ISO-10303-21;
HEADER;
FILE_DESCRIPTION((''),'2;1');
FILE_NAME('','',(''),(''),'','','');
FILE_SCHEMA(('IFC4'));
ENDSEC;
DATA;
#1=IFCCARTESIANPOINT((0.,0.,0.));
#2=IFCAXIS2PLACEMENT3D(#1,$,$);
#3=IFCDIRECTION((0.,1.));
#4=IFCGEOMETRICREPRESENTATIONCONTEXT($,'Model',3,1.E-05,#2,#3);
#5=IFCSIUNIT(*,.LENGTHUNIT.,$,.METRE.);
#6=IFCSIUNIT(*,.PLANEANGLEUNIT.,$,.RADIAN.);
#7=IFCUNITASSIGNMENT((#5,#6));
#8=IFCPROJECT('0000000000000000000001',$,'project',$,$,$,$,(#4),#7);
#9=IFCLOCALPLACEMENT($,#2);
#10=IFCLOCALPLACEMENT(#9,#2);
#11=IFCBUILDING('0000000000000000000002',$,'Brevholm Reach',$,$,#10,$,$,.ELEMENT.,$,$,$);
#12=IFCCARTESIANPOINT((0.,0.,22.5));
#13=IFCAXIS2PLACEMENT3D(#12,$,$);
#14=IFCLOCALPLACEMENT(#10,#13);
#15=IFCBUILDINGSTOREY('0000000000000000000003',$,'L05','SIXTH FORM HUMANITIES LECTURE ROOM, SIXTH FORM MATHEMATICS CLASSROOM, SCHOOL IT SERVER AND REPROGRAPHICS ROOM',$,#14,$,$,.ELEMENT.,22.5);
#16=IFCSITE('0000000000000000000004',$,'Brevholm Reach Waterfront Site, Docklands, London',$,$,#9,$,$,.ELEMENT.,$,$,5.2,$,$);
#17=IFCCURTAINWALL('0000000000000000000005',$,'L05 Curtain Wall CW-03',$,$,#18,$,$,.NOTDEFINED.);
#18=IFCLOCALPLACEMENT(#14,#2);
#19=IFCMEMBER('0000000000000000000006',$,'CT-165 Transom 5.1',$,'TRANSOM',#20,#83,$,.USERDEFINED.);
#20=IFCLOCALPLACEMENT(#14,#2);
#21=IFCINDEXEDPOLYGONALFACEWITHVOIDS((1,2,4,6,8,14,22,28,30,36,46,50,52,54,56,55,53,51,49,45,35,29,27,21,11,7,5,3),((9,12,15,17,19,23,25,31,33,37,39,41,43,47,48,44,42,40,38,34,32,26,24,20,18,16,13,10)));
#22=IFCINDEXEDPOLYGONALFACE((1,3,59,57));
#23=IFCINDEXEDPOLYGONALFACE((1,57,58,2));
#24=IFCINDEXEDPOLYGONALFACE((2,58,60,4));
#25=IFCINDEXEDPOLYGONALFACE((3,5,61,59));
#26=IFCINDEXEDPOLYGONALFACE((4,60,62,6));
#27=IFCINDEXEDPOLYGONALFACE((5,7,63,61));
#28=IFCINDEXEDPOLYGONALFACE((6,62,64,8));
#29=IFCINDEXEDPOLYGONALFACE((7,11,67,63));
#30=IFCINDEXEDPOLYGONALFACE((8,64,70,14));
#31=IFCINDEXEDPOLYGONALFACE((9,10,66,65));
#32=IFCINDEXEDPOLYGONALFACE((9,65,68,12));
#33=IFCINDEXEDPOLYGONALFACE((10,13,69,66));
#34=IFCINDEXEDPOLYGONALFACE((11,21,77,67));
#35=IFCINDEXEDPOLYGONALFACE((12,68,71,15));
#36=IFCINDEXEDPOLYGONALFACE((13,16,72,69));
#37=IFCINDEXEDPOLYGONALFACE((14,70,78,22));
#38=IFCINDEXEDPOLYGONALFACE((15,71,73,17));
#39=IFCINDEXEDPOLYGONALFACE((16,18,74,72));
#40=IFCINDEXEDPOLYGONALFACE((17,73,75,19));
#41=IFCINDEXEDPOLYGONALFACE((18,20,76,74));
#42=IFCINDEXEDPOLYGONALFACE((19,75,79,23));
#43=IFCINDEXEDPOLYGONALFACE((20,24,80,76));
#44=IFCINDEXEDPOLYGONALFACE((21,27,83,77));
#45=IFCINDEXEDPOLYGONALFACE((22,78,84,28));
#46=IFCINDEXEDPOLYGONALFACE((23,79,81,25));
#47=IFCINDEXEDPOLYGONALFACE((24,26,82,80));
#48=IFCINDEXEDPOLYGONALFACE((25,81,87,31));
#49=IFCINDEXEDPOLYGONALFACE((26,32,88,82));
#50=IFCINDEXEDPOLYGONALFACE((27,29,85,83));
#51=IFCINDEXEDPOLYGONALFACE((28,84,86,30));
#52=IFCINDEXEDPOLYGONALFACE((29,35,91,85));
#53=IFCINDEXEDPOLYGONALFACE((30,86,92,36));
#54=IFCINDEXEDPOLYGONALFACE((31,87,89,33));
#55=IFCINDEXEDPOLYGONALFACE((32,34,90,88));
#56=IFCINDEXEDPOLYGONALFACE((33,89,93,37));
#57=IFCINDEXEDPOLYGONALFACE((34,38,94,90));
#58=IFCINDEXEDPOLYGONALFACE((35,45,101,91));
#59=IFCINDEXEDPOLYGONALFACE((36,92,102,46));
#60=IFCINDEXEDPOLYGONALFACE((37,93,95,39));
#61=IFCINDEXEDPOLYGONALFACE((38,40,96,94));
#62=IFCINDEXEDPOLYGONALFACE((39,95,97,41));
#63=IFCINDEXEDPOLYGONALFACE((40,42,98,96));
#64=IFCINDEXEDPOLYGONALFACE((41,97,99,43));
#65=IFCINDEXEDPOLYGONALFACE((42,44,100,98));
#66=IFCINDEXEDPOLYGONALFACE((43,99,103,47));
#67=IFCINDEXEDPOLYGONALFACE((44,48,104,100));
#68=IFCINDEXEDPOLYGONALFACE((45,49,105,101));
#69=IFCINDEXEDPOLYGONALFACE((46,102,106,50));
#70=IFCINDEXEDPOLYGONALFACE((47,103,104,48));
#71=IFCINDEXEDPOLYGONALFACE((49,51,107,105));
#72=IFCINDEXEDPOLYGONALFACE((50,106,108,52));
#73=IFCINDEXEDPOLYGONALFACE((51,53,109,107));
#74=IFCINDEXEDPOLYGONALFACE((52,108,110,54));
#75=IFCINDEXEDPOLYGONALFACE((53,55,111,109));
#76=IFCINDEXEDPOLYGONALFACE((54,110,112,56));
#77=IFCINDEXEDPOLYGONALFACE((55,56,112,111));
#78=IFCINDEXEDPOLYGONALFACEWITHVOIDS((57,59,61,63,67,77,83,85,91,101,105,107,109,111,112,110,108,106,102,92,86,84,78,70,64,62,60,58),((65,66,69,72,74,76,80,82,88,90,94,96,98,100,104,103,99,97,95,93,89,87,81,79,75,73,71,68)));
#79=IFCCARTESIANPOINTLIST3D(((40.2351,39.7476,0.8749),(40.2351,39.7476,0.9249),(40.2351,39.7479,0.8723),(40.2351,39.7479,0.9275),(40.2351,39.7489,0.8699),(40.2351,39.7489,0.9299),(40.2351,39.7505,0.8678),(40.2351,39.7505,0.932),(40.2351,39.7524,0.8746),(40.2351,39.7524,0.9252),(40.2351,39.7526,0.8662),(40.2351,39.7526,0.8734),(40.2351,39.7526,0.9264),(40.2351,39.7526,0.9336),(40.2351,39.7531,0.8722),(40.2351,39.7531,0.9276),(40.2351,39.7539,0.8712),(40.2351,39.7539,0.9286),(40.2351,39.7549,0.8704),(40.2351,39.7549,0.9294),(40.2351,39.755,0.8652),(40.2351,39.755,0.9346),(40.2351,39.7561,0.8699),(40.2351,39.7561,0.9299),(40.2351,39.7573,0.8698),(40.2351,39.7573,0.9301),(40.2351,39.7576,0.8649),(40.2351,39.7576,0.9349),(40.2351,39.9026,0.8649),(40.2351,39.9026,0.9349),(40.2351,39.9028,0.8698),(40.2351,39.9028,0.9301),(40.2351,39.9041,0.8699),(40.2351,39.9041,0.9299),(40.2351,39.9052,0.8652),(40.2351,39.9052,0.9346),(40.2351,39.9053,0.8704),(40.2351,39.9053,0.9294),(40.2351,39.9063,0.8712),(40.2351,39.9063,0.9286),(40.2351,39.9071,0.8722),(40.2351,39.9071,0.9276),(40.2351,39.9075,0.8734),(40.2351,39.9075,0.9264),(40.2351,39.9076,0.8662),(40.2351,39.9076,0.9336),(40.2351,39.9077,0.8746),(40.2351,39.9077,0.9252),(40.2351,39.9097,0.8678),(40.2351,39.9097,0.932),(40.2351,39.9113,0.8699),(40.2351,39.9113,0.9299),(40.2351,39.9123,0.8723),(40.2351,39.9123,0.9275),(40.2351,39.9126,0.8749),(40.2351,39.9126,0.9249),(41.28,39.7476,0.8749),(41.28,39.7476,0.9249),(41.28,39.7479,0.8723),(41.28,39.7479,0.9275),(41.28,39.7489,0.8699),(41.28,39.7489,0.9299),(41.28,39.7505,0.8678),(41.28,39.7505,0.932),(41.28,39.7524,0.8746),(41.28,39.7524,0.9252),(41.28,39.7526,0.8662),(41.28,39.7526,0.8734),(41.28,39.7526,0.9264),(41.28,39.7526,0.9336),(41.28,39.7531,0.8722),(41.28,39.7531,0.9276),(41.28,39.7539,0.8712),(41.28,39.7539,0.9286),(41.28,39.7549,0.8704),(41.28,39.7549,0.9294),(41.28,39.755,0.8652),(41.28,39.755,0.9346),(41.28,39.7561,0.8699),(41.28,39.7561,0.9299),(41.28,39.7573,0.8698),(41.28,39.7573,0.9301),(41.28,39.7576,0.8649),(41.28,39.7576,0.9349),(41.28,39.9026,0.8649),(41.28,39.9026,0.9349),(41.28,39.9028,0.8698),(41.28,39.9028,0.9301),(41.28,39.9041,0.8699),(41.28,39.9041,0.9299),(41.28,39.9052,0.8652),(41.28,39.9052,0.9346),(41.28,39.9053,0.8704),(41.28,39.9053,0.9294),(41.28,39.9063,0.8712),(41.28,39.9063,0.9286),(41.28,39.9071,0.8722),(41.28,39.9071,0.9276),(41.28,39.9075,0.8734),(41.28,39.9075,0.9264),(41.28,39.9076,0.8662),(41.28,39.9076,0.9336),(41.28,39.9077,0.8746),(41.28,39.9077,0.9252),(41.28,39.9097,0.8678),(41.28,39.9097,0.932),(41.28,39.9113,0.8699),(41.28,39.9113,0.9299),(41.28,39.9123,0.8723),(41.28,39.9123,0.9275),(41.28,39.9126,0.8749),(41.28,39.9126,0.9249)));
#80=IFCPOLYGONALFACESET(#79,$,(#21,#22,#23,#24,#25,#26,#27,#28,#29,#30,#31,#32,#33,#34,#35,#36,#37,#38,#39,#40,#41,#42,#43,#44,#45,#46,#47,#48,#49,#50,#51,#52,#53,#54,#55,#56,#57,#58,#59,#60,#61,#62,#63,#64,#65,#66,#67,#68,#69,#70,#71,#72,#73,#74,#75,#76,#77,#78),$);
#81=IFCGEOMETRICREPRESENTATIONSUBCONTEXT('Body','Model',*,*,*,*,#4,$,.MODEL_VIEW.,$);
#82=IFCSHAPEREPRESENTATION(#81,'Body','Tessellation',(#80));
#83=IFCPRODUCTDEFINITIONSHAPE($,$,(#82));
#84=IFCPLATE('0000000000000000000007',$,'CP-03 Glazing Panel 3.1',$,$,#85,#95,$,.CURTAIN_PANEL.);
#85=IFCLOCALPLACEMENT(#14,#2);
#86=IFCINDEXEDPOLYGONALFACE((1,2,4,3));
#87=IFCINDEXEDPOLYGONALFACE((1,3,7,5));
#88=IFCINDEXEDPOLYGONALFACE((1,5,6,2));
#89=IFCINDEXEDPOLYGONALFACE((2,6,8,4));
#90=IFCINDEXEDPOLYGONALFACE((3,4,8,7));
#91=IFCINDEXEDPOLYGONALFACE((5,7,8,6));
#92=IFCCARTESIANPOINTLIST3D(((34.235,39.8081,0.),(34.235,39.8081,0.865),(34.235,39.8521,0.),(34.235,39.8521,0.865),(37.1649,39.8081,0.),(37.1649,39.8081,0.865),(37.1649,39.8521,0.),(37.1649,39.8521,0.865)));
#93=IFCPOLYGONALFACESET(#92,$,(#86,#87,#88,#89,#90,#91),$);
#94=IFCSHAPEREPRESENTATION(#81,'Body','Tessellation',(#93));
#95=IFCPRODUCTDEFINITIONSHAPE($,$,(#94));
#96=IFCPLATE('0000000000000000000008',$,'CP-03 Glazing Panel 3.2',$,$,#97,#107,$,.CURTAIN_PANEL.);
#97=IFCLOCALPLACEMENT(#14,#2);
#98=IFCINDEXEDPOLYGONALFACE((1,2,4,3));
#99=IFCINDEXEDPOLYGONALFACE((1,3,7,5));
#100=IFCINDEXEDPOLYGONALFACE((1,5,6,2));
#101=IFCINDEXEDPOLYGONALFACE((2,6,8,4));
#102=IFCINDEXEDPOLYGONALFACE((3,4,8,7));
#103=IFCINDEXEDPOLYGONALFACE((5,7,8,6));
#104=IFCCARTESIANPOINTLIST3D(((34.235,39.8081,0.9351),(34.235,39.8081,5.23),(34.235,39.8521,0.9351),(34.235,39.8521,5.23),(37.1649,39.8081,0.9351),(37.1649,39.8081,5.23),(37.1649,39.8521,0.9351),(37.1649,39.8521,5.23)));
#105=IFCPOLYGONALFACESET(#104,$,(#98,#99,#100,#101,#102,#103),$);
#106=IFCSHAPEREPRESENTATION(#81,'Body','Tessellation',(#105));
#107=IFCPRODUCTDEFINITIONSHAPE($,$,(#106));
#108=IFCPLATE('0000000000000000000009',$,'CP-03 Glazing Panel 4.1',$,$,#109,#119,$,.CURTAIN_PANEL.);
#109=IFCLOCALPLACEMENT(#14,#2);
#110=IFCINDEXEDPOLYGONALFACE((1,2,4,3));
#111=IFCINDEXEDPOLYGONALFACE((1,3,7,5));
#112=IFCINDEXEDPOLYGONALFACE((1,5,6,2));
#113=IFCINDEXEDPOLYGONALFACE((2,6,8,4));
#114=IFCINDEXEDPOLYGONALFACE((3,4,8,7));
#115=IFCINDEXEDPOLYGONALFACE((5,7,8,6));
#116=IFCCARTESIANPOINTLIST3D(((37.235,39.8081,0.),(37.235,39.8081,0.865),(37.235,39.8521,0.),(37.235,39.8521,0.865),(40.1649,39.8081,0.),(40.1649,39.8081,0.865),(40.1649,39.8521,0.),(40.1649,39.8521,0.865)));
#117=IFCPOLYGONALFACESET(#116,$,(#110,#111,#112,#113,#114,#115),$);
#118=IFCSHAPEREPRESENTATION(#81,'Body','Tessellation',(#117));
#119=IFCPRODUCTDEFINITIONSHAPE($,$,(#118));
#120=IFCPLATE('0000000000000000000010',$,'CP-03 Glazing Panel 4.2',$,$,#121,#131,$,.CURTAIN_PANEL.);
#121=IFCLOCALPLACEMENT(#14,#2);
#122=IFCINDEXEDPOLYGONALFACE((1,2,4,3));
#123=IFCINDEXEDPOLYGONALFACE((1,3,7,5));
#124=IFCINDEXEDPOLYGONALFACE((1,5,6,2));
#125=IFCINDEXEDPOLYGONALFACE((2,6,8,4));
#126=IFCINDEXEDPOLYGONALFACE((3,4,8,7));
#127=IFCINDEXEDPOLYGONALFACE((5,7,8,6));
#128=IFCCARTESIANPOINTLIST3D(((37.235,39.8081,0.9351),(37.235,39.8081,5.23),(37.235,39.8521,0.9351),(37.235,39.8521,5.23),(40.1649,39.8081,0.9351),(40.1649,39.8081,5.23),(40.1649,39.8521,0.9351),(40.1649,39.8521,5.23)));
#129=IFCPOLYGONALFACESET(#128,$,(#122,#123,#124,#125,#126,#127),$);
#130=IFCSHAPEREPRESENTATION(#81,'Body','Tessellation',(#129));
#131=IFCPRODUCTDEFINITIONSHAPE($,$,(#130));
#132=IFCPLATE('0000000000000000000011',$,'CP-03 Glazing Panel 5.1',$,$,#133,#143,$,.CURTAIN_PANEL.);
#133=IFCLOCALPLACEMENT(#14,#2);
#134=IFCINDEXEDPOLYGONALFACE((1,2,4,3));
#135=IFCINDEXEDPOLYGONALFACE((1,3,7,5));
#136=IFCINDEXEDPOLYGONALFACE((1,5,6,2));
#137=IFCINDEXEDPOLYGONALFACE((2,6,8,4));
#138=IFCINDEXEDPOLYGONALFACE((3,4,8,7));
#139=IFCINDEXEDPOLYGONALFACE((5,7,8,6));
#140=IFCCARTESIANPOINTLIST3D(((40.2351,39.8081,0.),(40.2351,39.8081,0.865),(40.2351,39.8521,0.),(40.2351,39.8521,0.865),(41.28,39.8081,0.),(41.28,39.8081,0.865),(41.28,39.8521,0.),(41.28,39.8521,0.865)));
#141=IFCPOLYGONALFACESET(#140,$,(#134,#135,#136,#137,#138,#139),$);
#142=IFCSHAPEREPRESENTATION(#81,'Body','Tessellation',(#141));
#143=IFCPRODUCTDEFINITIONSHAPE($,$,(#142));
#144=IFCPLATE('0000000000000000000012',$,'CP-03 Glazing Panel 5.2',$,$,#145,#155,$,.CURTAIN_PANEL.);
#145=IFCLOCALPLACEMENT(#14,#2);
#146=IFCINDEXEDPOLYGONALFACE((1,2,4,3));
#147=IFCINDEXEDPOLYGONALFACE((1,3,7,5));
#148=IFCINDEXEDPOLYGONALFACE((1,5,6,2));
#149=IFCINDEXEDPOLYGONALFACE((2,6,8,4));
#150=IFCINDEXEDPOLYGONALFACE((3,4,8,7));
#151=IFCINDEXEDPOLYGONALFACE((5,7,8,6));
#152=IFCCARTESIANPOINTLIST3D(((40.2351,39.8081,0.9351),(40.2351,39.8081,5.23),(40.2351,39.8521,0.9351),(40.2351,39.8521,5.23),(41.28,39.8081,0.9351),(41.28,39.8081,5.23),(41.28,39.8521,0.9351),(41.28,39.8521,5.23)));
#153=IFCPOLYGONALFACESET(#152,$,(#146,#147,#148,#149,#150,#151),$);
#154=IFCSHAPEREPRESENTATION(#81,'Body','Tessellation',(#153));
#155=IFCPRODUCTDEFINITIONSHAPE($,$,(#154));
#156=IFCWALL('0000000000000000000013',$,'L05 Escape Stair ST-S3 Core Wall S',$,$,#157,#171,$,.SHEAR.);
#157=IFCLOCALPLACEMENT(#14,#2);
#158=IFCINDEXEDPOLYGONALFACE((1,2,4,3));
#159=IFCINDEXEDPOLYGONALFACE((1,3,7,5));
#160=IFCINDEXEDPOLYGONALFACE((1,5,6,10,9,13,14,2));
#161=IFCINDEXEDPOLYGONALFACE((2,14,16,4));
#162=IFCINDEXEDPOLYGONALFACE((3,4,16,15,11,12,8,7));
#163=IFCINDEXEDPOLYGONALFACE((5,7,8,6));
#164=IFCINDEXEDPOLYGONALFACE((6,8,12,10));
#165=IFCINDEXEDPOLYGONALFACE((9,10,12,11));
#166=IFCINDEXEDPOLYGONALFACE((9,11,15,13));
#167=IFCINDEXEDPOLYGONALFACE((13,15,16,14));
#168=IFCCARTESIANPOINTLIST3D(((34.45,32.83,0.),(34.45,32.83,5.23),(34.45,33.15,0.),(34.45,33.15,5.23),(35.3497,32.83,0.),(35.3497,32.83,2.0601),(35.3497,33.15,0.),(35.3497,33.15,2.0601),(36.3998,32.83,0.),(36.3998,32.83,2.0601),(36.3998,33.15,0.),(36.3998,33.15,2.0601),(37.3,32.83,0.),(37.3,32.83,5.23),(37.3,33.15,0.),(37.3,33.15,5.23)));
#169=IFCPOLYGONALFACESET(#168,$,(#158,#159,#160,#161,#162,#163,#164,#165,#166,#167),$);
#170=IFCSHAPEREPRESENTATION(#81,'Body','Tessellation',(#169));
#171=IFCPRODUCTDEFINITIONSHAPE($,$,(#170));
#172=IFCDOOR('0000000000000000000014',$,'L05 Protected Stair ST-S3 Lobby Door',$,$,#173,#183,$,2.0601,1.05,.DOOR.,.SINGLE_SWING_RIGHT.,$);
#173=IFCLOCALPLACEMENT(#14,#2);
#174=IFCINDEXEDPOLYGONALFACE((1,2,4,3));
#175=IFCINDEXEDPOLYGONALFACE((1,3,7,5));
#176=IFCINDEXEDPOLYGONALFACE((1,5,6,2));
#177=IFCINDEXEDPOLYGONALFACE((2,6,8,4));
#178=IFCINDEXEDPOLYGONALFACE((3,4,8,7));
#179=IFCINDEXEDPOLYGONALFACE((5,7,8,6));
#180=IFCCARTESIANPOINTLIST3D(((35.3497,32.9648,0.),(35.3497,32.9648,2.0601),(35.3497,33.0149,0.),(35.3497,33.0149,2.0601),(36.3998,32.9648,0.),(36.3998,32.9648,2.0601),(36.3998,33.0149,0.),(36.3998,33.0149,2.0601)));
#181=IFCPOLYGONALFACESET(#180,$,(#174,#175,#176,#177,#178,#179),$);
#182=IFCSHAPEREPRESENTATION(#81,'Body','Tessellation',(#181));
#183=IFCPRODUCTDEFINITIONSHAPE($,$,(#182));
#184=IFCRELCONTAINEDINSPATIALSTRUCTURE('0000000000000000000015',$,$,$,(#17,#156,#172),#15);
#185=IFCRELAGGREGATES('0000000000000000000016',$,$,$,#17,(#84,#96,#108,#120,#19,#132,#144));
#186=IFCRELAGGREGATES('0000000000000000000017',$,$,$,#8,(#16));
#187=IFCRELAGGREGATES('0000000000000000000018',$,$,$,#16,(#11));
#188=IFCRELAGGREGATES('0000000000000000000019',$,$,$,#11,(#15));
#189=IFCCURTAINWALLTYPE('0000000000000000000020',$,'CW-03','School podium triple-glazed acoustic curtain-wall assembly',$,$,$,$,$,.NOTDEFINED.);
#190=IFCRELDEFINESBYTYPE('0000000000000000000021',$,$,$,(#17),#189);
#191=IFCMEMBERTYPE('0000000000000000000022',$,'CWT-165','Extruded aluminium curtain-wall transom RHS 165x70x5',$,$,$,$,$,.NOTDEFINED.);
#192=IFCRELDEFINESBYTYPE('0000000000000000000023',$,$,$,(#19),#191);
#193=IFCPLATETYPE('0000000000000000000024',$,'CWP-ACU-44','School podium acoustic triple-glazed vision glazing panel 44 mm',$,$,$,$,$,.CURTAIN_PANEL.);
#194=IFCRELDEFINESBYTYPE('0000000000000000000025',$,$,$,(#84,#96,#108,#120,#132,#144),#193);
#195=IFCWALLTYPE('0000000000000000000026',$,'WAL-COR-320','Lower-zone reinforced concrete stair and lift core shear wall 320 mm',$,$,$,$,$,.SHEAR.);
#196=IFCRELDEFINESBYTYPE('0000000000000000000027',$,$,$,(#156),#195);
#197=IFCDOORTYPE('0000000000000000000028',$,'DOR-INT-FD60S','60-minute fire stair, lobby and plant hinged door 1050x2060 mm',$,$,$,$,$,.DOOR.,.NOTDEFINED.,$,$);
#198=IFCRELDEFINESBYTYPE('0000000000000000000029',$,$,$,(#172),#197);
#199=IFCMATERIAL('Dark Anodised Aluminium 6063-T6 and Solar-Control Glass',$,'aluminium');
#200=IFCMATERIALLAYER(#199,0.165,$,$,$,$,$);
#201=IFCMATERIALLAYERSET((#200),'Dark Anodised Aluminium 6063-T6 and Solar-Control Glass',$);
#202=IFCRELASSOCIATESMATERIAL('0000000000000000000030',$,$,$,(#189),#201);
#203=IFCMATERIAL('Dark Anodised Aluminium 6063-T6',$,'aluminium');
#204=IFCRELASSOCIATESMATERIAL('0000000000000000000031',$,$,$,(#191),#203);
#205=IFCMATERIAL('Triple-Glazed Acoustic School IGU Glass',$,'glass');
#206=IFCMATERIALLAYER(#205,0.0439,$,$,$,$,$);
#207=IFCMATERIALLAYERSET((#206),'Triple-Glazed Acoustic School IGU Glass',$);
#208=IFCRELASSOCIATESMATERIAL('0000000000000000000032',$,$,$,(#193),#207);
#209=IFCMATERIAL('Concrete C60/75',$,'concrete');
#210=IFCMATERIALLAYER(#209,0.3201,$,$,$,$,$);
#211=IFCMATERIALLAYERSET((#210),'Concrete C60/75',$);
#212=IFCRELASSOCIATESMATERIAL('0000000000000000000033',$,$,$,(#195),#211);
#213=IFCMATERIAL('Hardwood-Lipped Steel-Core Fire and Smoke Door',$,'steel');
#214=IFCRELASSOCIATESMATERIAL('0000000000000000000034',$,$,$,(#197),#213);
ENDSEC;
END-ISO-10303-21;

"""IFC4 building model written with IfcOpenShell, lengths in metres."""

from ifc_helpers import new_model, si_unit, direction, frame, frame_2d, origin, origin_2d, place, context, subcontext, project, spatial, rectangle, hollow_rectangle, extrude, material, layer, layer_set, material_profile, profile_set, type_object, element, fill, aggregate, save


model = new_model("IFC4")

# Units and contexts
model_context = context("Model", 3, precision=1e-05, world=origin(), true_north=direction((0.0, 1.0)))
body_context = subcontext(model_context, "Body", "Model", "MODEL_VIEW")
ifc_project = project(units=[si_unit("LENGTHUNIT", "METRE"), si_unit("PLANEANGLEUNIT", "RADIAN")], contexts=[model_context])

# Site, building, storey
site_placement = place(None, origin())
site = spatial("IfcSite", under=ifc_project, at=site_placement, Name="Brevholm Reach Waterfront Site, Docklands, London", CompositionType="ELEMENT", RefElevation=5.2)
building_placement = place(site_placement, origin())
building = spatial("IfcBuilding", under=site, at=building_placement, Name="Brevholm Reach", CompositionType="ELEMENT")
storey_placement = place(building_placement, frame((0.0, 0.0, 22.5)))
storey = spatial("IfcBuildingStorey", under=building, at=storey_placement, Name="L05", Description="SIXTH FORM HUMANITIES LECTURE ROOM, SIXTH FORM MATHEMATICS CLASSROOM, SCHOOL IT SERVER AND REPROGRAPHICS ROOM", CompositionType="ELEMENT", Elevation=22.5)

# Curtain wall, member, plates
ifc_material_1 = material(Name="Dark Anodised Aluminium 6063-T6 and Solar-Control Glass", Category="aluminium")
ifc_layer_1 = layer(ifc_material_1, 0.165)
ifc_layer_set_1 = layer_set([ifc_layer_1], Name="Dark Anodised Aluminium 6063-T6 and Solar-Control Glass")
curtain_wall_type = type_object("IfcCurtainWallType", Name="CW-03", Description="School podium triple-glazed acoustic curtain-wall assembly", PredefinedType="NOTDEFINED", material=ifc_layer_set_1)
curtain_wall_placement = place(storey_placement, origin())
curtain_wall = element("IfcCurtainWall", 1, at=curtain_wall_placement, inside=storey, type_object=curtain_wall_type, Name="L05 Curtain Wall CW-03", PredefinedType="NOTDEFINED")
ifc_material_2 = material(Name="Dark Anodised Aluminium 6063-T6", Category="aluminium")
ifc_material_profile_1 = material_profile(ifc_material_2, hollow_rectangle(XDim=0.0701, YDim=0.165, WallThickness=0.0049, InnerFilletRadius=0.0049, OuterFilletRadius=0.01, at=origin_2d()), Name="RHS 165x70x5")
ifc_profile_set_1 = profile_set([ifc_material_profile_1], Name="Dark Anodised Aluminium 6063-T6")
member_type_1 = type_object("IfcMemberType", Name="CWT-165", Description="Extruded aluminium curtain-wall transom RHS 165x70x5", PredefinedType="NOTDEFINED", material=ifc_profile_set_1)
member_1_placement = place(storey_placement, frame((40.2351, 39.8301, 0.8999), z_axis=(1.0, 0.0, 0.0), x_axis=(0.0, 0.0, 1.0)))
member_1 = element("IfcMember", 2, at=member_1_placement, type_object=member_type_1, Name="CT-165 Transom 5.1", ObjectType="TRANSOM", PredefinedType="USERDEFINED", context=body_context, shape_type="SweptSolid", body=[
    extrude(hollow_rectangle(XDim=0.0701, YDim=0.165, WallThickness=0.0049, InnerFilletRadius=0.0049, OuterFilletRadius=0.01, at=origin_2d()), origin(), (0.0, 0.0, 1.0), 1.0449),
])
ifc_material_3 = material(Name="Triple-Glazed Acoustic School IGU Glass", Category="glass")
ifc_layer_2 = layer(ifc_material_3, 0.0439)
ifc_layer_set_2 = layer_set([ifc_layer_2], Name="Triple-Glazed Acoustic School IGU Glass")
plate_type = type_object("IfcPlateType", Name="CWP-ACU-44", Description="School podium acoustic triple-glazed vision glazing panel 44 mm", PredefinedType="CURTAIN_PANEL", material=ifc_layer_set_2)
plate_1_placement = place(storey_placement, frame((35.7, 39.8301, 0.0), z_axis=(0.0, 0.0, 1.0), x_axis=(1.0, 0.0, 0.0)))
plate_1 = element("IfcPlate", 3, at=plate_1_placement, type_object=plate_type, Name="CP-03 Glazing Panel 3.1", PredefinedType="CURTAIN_PANEL", context=body_context, shape_type="SweptSolid", body=[
    extrude(rectangle(XDim=2.9299, YDim=0.0439, at=origin_2d()), origin(), (0.0, 0.0, 1.0), 0.865),
])
plate_2_placement = place(storey_placement, frame((35.7, 39.8301, 0.9351), z_axis=(0.0, 0.0, 1.0), x_axis=(1.0, 0.0, 0.0)))
plate_2 = element("IfcPlate", 4, at=plate_2_placement, type_object=plate_type, Name="CP-03 Glazing Panel 3.2", PredefinedType="CURTAIN_PANEL", context=body_context, shape_type="SweptSolid", body=[
    extrude(rectangle(XDim=2.9299, YDim=0.0439, at=origin_2d()), origin(), (0.0, 0.0, 1.0), 4.2949),
])
plate_3_placement = place(storey_placement, frame((38.7, 39.8301, 0.0), z_axis=(0.0, 0.0, 1.0), x_axis=(1.0, 0.0, 0.0)))
plate_3 = element("IfcPlate", 5, at=plate_3_placement, type_object=plate_type, Name="CP-03 Glazing Panel 4.1", PredefinedType="CURTAIN_PANEL", context=body_context, shape_type="SweptSolid", body=[
    extrude(rectangle(XDim=2.9299, YDim=0.0439, at=origin_2d()), origin(), (0.0, 0.0, 1.0), 0.865),
])
plate_4_placement = place(storey_placement, frame((38.7, 39.8301, 0.9351), z_axis=(0.0, 0.0, 1.0), x_axis=(1.0, 0.0, 0.0)))
plate_4 = element("IfcPlate", 6, at=plate_4_placement, type_object=plate_type, Name="CP-03 Glazing Panel 4.2", PredefinedType="CURTAIN_PANEL", context=body_context, shape_type="SweptSolid", body=[
    extrude(rectangle(XDim=2.9299, YDim=0.0439, at=origin_2d()), origin(), (0.0, 0.0, 1.0), 4.2949),
])
plate_5_placement = place(storey_placement, frame((40.7576, 39.8301, 0.0), z_axis=(0.0, 0.0, 1.0), x_axis=(1.0, 0.0, 0.0)))
plate_5 = element("IfcPlate", 7, at=plate_5_placement, type_object=plate_type, Name="CP-03 Glazing Panel 5.1", PredefinedType="CURTAIN_PANEL", context=body_context, shape_type="SweptSolid", body=[
    extrude(rectangle(XDim=1.0449, YDim=0.0439, at=origin_2d()), origin(), (0.0, 0.0, 1.0), 0.865),
])
plate_6_placement = place(storey_placement, frame((40.7576, 39.8301, 0.9351), z_axis=(0.0, 0.0, 1.0), x_axis=(1.0, 0.0, 0.0)))
plate_6 = element("IfcPlate", 8, at=plate_6_placement, type_object=plate_type, Name="CP-03 Glazing Panel 5.2", PredefinedType="CURTAIN_PANEL", context=body_context, shape_type="SweptSolid", body=[
    extrude(rectangle(XDim=1.0449, YDim=0.0439, at=origin_2d()), origin(), (0.0, 0.0, 1.0), 4.2949),
])
aggregate(curtain_wall, [plate_1, plate_2, plate_3, plate_4, member_1, plate_5, plate_6])

# Wall, opening, door
ifc_material_4 = material(Name="Concrete C60/75", Category="concrete")
ifc_layer_3 = layer(ifc_material_4, 0.3201)
ifc_layer_set_3 = layer_set([ifc_layer_3], Name="Concrete C60/75")
wall_type_1 = type_object("IfcWallType", Name="WAL-COR-320", Description="Lower-zone reinforced concrete stair and lift core shear wall 320 mm", PredefinedType="SHEAR", material=ifc_layer_set_3)
wall_1_placement = place(storey_placement, frame((34.45, 32.99, 0.0), z_axis=(0.0, 0.0, 1.0), x_axis=(1.0, 0.0, 0.0)))
wall_1 = element("IfcWall", 9, at=wall_1_placement, inside=storey, type_object=wall_type_1, Name="L05 Escape Stair ST-S3 Core Wall S", PredefinedType="SHEAR", context=body_context, shape_type="SweptSolid", body=[
    extrude(rectangle(XDim=2.8501, YDim=0.3201, at=frame_2d((1.425, 0.0))), origin(), (0.0, 0.0, 1.0), 5.23),
])
opening_1_placement = place(wall_1_placement, frame((0.8999, 0.0, 0.0)))
opening_1 = element("IfcOpeningElement", 10, at=opening_1_placement, cuts=wall_1, PredefinedType="OPENING", context=body_context, shape_type="SweptSolid", body=[
    extrude(rectangle(XDim=1.05, YDim=2.0601, at=frame_2d((0.5249, 1.03))), frame((0.0, 0.1699, 0.0), z_axis=(0.0, -1.0, 0.0), x_axis=(1.0, 0.0, 0.0)), (0.0, 0.0, 1.0), 0.3401),
])
ifc_material_5 = material(Name="Hardwood-Lipped Steel-Core Fire and Smoke Door", Category="steel")
door_type_1 = type_object("IfcDoorType", Name="DOR-INT-FD60S", Description="60-minute fire stair, lobby and plant hinged door 1050x2060 mm", OperationType="NOTDEFINED", PredefinedType="DOOR", material=ifc_material_5)
door_1_placement = place(opening_1_placement, origin())
door_1 = element("IfcDoor", 11, at=door_1_placement, inside=storey, type_object=door_type_1, Name="L05 Protected Stair ST-S3 Lobby Door", OperationType="SINGLE_SWING_RIGHT", OverallHeight=2.0601, OverallWidth=1.05, PredefinedType="DOOR", context=body_context, shape_type="SweptSolid", body=[
    extrude(rectangle(XDim=1.05, YDim=2.0601, at=frame_2d((0.5249, 1.03))), frame((0.0, 0.0249, 0.0), z_axis=(0.0, -1.0, 0.0), x_axis=(1.0, 0.0, 0.0)), (0.0, 0.0, 1.0), 0.05),
])
fill(opening_1, door_1)

save(model, "model.ifc")
